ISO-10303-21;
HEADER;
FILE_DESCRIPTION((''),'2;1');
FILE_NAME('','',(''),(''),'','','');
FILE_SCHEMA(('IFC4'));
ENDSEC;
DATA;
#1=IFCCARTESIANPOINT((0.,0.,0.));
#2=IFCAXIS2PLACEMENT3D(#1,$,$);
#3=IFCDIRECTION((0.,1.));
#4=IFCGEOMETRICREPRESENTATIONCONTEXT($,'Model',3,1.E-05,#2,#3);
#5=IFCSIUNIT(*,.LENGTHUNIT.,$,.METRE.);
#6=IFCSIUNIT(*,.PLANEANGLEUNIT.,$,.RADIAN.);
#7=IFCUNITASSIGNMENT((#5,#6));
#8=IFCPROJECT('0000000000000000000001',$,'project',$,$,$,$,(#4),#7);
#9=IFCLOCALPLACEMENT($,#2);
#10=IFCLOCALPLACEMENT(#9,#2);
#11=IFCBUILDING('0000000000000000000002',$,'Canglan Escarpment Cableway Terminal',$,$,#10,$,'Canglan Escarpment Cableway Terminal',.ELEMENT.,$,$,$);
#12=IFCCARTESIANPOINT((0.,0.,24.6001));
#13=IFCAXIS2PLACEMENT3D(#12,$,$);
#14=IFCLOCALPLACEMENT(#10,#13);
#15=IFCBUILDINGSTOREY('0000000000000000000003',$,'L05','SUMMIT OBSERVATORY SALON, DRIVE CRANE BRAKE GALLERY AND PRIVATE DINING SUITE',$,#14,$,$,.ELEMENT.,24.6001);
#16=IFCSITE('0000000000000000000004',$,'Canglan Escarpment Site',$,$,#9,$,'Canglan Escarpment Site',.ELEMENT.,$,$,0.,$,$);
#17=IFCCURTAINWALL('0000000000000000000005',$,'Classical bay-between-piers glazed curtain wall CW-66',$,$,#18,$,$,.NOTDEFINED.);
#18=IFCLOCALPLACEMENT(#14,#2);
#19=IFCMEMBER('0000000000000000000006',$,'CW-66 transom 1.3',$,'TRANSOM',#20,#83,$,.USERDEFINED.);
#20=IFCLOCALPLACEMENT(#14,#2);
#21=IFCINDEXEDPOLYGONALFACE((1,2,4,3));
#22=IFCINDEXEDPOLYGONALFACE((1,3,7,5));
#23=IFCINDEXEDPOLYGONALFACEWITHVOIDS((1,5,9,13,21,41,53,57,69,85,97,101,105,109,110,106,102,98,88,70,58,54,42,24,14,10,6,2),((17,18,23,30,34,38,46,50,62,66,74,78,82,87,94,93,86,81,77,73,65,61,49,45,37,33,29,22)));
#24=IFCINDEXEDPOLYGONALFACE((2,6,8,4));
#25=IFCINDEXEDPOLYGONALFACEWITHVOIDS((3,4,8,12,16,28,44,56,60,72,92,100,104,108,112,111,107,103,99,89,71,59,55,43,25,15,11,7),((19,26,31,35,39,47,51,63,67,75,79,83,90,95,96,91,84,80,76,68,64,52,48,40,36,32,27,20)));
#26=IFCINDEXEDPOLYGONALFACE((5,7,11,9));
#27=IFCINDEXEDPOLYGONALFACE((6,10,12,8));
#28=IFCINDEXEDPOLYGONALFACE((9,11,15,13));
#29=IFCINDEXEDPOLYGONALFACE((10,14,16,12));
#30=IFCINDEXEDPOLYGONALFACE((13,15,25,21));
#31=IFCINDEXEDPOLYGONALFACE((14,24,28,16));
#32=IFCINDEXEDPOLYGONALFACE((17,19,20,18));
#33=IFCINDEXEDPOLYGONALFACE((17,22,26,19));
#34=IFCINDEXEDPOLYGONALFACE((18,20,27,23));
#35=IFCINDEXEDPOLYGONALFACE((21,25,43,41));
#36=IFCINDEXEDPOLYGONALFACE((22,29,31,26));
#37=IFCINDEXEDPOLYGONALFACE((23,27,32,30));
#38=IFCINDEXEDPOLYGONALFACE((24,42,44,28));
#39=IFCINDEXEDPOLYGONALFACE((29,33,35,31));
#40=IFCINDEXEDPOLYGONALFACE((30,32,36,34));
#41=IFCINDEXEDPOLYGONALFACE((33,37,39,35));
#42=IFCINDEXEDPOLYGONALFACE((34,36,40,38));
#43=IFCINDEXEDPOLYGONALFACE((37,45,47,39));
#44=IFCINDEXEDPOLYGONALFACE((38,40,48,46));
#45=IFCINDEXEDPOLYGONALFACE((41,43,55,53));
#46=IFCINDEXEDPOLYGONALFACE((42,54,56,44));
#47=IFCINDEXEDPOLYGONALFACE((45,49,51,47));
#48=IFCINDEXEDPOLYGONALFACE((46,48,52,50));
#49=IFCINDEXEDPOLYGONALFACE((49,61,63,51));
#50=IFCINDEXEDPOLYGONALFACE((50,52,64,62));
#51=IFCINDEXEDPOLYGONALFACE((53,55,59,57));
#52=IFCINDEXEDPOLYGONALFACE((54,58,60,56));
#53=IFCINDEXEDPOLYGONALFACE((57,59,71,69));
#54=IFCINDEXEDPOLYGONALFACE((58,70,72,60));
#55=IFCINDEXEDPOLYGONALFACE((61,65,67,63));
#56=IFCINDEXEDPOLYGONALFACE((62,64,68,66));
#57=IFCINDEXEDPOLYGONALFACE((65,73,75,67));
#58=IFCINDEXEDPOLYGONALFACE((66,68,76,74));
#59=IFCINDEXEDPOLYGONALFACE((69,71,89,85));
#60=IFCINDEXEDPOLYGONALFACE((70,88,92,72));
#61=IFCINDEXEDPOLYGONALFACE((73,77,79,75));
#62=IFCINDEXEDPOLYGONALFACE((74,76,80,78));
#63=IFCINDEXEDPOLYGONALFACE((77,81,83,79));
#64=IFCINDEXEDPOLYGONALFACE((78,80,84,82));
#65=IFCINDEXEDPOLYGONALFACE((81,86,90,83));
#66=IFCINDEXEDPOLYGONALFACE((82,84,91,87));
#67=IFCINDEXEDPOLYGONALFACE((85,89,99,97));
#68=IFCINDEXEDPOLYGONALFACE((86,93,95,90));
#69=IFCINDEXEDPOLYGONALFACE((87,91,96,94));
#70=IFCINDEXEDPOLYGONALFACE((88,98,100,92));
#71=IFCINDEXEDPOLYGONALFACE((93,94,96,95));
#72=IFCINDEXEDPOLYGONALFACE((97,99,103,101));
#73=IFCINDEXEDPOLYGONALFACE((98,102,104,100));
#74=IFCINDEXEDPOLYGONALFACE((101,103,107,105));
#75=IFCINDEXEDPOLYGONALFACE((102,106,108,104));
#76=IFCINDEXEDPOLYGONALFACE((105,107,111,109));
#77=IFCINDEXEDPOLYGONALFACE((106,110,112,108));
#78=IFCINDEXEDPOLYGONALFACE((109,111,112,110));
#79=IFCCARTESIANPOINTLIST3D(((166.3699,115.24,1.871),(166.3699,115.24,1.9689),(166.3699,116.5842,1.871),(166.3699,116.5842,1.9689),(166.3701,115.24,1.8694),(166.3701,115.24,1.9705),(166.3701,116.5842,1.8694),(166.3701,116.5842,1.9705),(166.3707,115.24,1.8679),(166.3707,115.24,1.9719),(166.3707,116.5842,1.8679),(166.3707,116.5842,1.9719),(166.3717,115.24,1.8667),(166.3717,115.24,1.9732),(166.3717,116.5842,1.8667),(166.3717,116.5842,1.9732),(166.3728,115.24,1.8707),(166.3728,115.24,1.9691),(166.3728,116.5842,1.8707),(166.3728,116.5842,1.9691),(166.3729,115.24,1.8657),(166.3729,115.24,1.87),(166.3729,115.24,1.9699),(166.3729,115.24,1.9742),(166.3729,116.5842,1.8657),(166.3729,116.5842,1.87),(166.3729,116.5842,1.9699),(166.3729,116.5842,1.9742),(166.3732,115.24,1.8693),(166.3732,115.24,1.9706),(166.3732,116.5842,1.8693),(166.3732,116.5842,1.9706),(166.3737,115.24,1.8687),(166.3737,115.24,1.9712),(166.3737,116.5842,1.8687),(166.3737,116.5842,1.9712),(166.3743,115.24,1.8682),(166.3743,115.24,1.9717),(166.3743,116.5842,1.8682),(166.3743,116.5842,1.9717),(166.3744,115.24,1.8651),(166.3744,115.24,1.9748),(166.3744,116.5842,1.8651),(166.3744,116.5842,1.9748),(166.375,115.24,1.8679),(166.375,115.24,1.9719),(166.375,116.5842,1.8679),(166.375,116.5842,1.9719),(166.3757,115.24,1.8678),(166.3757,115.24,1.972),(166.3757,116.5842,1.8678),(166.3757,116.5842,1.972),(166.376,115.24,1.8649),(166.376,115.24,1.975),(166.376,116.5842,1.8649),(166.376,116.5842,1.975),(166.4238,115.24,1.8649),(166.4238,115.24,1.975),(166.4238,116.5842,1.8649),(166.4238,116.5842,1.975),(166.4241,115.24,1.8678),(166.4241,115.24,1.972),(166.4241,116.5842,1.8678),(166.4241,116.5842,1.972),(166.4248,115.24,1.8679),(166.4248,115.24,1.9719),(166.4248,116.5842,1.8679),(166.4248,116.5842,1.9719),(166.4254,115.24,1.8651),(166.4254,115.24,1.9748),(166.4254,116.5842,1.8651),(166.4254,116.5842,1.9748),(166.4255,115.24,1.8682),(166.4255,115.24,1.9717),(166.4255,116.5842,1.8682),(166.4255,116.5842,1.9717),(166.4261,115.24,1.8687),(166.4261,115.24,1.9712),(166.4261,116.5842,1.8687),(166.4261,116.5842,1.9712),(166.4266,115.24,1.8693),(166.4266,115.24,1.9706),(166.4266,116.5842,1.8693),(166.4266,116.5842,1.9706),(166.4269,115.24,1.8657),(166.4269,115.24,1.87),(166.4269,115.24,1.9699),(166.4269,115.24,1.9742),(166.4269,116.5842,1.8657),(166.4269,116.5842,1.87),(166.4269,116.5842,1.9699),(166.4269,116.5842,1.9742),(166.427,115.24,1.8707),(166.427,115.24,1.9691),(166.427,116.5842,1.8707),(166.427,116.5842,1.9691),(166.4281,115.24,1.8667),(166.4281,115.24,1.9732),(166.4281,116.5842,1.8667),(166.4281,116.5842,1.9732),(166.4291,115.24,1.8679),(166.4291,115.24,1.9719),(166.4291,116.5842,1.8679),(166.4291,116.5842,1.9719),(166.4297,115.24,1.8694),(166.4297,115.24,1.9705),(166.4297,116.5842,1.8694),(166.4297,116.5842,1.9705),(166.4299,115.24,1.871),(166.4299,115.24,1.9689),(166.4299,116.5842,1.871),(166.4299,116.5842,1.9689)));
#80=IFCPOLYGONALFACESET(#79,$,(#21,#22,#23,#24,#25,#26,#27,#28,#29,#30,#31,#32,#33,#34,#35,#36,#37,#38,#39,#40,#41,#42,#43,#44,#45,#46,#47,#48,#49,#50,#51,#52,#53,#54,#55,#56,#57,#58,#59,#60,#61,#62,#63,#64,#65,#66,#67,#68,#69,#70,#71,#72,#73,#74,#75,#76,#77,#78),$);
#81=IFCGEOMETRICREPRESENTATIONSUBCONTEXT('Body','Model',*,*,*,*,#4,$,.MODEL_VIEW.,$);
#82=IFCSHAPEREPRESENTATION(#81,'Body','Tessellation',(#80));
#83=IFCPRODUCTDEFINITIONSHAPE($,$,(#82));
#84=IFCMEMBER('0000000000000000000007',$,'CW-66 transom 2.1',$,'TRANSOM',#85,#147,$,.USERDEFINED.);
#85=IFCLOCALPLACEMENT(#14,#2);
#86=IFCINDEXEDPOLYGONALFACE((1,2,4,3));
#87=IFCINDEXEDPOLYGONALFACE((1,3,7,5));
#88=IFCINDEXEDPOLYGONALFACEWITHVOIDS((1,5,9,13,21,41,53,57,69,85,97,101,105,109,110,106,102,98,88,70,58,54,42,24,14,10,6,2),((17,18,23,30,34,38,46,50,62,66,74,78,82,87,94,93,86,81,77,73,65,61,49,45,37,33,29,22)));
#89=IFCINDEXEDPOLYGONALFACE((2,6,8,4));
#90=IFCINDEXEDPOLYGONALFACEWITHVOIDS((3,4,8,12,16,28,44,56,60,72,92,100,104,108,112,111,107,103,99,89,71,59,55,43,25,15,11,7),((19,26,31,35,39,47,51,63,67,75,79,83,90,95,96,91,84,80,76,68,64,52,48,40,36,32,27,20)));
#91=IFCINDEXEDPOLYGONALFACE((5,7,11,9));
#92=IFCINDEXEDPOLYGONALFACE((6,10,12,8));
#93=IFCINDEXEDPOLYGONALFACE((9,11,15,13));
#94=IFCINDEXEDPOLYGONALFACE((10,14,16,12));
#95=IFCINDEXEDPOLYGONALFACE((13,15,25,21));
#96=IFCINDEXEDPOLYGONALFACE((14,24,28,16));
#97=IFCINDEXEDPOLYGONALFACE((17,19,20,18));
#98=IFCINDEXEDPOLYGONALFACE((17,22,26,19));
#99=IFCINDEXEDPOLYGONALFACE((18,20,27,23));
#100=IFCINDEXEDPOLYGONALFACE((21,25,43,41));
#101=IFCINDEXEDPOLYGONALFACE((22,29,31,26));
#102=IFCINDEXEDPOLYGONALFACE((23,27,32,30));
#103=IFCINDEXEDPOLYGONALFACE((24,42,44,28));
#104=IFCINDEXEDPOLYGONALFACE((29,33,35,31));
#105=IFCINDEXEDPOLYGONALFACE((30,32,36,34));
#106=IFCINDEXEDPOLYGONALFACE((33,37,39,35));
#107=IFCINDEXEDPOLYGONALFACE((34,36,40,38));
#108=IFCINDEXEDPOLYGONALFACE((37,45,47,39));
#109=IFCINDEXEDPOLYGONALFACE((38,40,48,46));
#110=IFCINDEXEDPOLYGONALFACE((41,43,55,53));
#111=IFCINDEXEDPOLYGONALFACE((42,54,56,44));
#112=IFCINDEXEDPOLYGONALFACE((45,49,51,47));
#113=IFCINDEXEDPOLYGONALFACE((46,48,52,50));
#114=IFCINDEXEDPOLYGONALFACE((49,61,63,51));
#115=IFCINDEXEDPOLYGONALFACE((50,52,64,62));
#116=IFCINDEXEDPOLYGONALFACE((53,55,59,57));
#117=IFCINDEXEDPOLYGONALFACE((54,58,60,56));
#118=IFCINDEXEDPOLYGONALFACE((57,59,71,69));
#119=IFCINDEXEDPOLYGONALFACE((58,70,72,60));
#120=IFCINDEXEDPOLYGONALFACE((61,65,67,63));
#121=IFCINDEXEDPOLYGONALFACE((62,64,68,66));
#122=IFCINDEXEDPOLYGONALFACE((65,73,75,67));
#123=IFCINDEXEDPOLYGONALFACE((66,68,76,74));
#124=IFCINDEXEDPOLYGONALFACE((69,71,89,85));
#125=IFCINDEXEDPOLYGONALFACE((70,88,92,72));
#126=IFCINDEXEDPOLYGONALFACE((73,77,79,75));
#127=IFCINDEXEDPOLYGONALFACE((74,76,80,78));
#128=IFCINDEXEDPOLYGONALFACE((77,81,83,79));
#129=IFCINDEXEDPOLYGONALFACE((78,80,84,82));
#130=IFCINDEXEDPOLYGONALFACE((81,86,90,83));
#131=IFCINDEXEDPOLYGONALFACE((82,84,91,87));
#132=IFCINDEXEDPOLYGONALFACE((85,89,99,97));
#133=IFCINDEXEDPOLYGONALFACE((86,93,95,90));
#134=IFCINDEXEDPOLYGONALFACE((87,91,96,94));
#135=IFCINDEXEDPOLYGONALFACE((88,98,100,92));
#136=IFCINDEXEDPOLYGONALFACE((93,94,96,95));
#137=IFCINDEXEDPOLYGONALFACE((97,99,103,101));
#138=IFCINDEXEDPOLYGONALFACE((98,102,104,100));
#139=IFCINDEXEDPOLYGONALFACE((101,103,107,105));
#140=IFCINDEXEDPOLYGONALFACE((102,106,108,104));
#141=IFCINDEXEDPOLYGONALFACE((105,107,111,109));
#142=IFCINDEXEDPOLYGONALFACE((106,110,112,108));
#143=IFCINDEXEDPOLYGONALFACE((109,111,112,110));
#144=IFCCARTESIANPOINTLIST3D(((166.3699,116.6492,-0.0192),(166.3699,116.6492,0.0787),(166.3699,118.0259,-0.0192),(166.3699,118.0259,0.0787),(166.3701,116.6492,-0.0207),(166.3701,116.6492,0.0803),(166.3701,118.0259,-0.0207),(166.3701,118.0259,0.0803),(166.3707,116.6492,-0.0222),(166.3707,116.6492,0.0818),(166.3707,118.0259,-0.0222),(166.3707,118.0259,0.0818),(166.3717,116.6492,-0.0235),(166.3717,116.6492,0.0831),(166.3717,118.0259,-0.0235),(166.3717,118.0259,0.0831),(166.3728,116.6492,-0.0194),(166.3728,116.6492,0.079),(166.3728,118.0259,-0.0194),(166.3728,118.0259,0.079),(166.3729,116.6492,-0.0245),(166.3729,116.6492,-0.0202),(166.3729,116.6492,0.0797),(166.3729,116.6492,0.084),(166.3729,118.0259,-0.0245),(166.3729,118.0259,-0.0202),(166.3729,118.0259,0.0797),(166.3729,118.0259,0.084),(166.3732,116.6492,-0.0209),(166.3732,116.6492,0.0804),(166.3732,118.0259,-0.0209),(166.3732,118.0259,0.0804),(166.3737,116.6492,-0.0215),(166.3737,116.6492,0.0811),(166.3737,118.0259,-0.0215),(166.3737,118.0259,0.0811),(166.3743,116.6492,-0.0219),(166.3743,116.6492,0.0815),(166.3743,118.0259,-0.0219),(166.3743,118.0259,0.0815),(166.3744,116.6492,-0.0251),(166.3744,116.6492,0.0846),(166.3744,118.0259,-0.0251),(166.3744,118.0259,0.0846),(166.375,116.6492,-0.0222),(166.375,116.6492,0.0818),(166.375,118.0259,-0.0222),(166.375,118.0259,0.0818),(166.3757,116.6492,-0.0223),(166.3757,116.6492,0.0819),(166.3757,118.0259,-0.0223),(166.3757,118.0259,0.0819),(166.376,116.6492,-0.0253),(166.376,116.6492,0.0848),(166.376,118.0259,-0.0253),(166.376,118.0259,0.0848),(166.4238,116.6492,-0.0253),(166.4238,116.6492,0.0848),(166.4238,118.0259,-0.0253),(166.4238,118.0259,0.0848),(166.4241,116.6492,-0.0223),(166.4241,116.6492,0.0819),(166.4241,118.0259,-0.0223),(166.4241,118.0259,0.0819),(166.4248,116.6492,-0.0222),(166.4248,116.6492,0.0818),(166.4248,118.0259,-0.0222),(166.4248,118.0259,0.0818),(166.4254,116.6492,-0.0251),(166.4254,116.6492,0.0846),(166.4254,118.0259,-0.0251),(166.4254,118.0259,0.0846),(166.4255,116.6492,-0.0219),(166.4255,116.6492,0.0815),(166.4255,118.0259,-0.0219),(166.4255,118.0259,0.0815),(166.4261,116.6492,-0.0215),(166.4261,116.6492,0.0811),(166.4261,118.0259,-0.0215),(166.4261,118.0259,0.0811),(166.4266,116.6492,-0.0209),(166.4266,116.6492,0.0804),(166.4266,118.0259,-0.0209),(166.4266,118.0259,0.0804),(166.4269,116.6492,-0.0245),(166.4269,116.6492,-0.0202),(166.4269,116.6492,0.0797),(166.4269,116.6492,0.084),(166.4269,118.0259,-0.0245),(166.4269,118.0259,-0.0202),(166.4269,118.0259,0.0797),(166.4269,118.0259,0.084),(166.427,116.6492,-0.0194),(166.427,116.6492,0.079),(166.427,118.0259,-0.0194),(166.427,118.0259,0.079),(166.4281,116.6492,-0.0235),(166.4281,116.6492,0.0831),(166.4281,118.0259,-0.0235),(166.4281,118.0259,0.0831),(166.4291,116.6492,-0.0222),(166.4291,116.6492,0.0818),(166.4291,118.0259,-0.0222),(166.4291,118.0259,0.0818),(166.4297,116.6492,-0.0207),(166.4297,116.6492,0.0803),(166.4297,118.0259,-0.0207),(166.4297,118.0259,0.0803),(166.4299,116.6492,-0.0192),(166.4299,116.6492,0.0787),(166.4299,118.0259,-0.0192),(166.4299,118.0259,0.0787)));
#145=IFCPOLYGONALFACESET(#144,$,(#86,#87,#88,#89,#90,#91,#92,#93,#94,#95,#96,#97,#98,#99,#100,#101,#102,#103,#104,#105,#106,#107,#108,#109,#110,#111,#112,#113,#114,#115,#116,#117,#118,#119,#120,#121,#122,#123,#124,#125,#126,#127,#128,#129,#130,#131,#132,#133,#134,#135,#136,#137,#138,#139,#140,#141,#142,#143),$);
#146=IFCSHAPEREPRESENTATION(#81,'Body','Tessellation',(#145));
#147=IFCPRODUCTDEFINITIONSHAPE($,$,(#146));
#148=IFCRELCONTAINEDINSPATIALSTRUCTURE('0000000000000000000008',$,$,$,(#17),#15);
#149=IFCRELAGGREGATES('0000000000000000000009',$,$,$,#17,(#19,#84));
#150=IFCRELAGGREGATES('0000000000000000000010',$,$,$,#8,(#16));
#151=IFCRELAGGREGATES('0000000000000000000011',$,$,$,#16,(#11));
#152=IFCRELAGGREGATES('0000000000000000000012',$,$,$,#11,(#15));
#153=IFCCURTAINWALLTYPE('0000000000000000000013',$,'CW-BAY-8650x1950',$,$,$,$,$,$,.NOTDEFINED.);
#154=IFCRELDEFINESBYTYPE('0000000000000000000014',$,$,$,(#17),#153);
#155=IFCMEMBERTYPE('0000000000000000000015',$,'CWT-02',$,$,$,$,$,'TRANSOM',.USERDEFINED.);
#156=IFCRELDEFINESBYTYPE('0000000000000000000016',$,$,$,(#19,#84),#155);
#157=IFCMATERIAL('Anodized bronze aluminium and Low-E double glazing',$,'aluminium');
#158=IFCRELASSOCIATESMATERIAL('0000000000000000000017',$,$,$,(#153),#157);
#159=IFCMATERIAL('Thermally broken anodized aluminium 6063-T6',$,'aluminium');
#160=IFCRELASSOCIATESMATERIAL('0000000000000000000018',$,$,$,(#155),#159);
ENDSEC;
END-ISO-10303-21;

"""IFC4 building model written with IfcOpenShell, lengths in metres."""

from ifc_helpers import new_model, si_unit, direction, frame, origin, origin_2d, place, context, subcontext, project, spatial, hollow_rectangle, extrude, material, material_profile, profile_set, type_object, element, aggregate, save


model = new_model("IFC4")

# Units and contexts
model_context = context("Model", 3, precision=1e-05, world=origin(), true_north=direction((0.0, 1.0)))
body_context = subcontext(model_context, "Body", "Model", "MODEL_VIEW")
ifc_project = project(units=[si_unit("LENGTHUNIT", "METRE"), si_unit("PLANEANGLEUNIT", "RADIAN")], contexts=[model_context])

# Site, building, storey
site_placement = place(None, origin())
site = spatial("IfcSite", under=ifc_project, at=site_placement, Name="Canglan Escarpment Site", LongName="Canglan Escarpment Site", CompositionType="ELEMENT", RefElevation=0.0)
building_placement = place(site_placement, origin())
building = spatial("IfcBuilding", under=site, at=building_placement, Name="Canglan Escarpment Cableway Terminal", LongName="Canglan Escarpment Cableway Terminal", CompositionType="ELEMENT")
storey_placement = place(building_placement, frame((0.0, 0.0, 24.6001)))
storey = spatial("IfcBuildingStorey", under=building, at=storey_placement, Name="L05", Description="SUMMIT OBSERVATORY SALON, DRIVE CRANE BRAKE GALLERY AND PRIVATE DINING SUITE", CompositionType="ELEMENT", Elevation=24.6001)

# Curtain wall, members
ifc_material_1 = material(Name="Anodized bronze aluminium and Low-E double glazing", Category="aluminium")
curtain_wall_type = type_object("IfcCurtainWallType", Name="CW-BAY-8650x1950", PredefinedType="NOTDEFINED", material=ifc_material_1)
curtain_wall_placement = place(storey_placement, origin())
curtain_wall = element("IfcCurtainWall", 1, at=curtain_wall_placement, inside=storey, type_object=curtain_wall_type, Name="Classical bay-between-piers glazed curtain wall CW-66", PredefinedType="NOTDEFINED")
ifc_material_2 = material(Name="Thermally broken anodized aluminium 6063-T6", Category="aluminium")
ifc_material_profile_1 = material_profile(ifc_material_2, hollow_rectangle(XDim=0.0601, YDim=0.1101, WallThickness=0.0029, InnerFilletRadius=0.0029, OuterFilletRadius=0.0061, at=origin_2d()), Name="ALU-TRAN 60x110x3")
ifc_profile_set_1 = profile_set([ifc_material_profile_1], Name="Thermally broken anodized aluminium 6063-T6")
member_type_1 = type_object("IfcMemberType", Name="CWT-02", ElementType="TRANSOM", PredefinedType="USERDEFINED", material=ifc_profile_set_1)
member_1_placement = place(storey_placement, frame((166.3999, 115.24, 1.9199), z_axis=(0.0, 1.0, 0.0), x_axis=(-1.0, 0.0, 0.0)))
member_1 = element("IfcMember", 2, at=member_1_placement, type_object=member_type_1, Name="CW-66 transom 1.3", ObjectType="TRANSOM", PredefinedType="USERDEFINED", context=body_context, shape_type="SweptSolid", body=[
    extrude(hollow_rectangle(XDim=0.0601, YDim=0.1101, WallThickness=0.0029, InnerFilletRadius=0.0029, OuterFilletRadius=0.0061, at=origin_2d()), origin(), (0.0, 0.0, 1.0), 1.3442),
])
member_2_placement = place(storey_placement, frame((166.3999, 116.6492, 0.0298), z_axis=(0.0, 1.0, 0.0), x_axis=(-1.0, 0.0, 0.0)))
member_2 = element("IfcMember", 3, at=member_2_placement, type_object=member_type_1, Name="CW-66 transom 2.1", ObjectType="TRANSOM", PredefinedType="USERDEFINED", context=body_context, shape_type="SweptSolid", body=[
    extrude(hollow_rectangle(XDim=0.0601, YDim=0.1101, WallThickness=0.0029, InnerFilletRadius=0.0029, OuterFilletRadius=0.0061, at=origin_2d()), origin(), (0.0, 0.0, 1.0), 1.3767),
])

aggregate(curtain_wall, [member_1, member_2])

save(model, "model.ifc")
